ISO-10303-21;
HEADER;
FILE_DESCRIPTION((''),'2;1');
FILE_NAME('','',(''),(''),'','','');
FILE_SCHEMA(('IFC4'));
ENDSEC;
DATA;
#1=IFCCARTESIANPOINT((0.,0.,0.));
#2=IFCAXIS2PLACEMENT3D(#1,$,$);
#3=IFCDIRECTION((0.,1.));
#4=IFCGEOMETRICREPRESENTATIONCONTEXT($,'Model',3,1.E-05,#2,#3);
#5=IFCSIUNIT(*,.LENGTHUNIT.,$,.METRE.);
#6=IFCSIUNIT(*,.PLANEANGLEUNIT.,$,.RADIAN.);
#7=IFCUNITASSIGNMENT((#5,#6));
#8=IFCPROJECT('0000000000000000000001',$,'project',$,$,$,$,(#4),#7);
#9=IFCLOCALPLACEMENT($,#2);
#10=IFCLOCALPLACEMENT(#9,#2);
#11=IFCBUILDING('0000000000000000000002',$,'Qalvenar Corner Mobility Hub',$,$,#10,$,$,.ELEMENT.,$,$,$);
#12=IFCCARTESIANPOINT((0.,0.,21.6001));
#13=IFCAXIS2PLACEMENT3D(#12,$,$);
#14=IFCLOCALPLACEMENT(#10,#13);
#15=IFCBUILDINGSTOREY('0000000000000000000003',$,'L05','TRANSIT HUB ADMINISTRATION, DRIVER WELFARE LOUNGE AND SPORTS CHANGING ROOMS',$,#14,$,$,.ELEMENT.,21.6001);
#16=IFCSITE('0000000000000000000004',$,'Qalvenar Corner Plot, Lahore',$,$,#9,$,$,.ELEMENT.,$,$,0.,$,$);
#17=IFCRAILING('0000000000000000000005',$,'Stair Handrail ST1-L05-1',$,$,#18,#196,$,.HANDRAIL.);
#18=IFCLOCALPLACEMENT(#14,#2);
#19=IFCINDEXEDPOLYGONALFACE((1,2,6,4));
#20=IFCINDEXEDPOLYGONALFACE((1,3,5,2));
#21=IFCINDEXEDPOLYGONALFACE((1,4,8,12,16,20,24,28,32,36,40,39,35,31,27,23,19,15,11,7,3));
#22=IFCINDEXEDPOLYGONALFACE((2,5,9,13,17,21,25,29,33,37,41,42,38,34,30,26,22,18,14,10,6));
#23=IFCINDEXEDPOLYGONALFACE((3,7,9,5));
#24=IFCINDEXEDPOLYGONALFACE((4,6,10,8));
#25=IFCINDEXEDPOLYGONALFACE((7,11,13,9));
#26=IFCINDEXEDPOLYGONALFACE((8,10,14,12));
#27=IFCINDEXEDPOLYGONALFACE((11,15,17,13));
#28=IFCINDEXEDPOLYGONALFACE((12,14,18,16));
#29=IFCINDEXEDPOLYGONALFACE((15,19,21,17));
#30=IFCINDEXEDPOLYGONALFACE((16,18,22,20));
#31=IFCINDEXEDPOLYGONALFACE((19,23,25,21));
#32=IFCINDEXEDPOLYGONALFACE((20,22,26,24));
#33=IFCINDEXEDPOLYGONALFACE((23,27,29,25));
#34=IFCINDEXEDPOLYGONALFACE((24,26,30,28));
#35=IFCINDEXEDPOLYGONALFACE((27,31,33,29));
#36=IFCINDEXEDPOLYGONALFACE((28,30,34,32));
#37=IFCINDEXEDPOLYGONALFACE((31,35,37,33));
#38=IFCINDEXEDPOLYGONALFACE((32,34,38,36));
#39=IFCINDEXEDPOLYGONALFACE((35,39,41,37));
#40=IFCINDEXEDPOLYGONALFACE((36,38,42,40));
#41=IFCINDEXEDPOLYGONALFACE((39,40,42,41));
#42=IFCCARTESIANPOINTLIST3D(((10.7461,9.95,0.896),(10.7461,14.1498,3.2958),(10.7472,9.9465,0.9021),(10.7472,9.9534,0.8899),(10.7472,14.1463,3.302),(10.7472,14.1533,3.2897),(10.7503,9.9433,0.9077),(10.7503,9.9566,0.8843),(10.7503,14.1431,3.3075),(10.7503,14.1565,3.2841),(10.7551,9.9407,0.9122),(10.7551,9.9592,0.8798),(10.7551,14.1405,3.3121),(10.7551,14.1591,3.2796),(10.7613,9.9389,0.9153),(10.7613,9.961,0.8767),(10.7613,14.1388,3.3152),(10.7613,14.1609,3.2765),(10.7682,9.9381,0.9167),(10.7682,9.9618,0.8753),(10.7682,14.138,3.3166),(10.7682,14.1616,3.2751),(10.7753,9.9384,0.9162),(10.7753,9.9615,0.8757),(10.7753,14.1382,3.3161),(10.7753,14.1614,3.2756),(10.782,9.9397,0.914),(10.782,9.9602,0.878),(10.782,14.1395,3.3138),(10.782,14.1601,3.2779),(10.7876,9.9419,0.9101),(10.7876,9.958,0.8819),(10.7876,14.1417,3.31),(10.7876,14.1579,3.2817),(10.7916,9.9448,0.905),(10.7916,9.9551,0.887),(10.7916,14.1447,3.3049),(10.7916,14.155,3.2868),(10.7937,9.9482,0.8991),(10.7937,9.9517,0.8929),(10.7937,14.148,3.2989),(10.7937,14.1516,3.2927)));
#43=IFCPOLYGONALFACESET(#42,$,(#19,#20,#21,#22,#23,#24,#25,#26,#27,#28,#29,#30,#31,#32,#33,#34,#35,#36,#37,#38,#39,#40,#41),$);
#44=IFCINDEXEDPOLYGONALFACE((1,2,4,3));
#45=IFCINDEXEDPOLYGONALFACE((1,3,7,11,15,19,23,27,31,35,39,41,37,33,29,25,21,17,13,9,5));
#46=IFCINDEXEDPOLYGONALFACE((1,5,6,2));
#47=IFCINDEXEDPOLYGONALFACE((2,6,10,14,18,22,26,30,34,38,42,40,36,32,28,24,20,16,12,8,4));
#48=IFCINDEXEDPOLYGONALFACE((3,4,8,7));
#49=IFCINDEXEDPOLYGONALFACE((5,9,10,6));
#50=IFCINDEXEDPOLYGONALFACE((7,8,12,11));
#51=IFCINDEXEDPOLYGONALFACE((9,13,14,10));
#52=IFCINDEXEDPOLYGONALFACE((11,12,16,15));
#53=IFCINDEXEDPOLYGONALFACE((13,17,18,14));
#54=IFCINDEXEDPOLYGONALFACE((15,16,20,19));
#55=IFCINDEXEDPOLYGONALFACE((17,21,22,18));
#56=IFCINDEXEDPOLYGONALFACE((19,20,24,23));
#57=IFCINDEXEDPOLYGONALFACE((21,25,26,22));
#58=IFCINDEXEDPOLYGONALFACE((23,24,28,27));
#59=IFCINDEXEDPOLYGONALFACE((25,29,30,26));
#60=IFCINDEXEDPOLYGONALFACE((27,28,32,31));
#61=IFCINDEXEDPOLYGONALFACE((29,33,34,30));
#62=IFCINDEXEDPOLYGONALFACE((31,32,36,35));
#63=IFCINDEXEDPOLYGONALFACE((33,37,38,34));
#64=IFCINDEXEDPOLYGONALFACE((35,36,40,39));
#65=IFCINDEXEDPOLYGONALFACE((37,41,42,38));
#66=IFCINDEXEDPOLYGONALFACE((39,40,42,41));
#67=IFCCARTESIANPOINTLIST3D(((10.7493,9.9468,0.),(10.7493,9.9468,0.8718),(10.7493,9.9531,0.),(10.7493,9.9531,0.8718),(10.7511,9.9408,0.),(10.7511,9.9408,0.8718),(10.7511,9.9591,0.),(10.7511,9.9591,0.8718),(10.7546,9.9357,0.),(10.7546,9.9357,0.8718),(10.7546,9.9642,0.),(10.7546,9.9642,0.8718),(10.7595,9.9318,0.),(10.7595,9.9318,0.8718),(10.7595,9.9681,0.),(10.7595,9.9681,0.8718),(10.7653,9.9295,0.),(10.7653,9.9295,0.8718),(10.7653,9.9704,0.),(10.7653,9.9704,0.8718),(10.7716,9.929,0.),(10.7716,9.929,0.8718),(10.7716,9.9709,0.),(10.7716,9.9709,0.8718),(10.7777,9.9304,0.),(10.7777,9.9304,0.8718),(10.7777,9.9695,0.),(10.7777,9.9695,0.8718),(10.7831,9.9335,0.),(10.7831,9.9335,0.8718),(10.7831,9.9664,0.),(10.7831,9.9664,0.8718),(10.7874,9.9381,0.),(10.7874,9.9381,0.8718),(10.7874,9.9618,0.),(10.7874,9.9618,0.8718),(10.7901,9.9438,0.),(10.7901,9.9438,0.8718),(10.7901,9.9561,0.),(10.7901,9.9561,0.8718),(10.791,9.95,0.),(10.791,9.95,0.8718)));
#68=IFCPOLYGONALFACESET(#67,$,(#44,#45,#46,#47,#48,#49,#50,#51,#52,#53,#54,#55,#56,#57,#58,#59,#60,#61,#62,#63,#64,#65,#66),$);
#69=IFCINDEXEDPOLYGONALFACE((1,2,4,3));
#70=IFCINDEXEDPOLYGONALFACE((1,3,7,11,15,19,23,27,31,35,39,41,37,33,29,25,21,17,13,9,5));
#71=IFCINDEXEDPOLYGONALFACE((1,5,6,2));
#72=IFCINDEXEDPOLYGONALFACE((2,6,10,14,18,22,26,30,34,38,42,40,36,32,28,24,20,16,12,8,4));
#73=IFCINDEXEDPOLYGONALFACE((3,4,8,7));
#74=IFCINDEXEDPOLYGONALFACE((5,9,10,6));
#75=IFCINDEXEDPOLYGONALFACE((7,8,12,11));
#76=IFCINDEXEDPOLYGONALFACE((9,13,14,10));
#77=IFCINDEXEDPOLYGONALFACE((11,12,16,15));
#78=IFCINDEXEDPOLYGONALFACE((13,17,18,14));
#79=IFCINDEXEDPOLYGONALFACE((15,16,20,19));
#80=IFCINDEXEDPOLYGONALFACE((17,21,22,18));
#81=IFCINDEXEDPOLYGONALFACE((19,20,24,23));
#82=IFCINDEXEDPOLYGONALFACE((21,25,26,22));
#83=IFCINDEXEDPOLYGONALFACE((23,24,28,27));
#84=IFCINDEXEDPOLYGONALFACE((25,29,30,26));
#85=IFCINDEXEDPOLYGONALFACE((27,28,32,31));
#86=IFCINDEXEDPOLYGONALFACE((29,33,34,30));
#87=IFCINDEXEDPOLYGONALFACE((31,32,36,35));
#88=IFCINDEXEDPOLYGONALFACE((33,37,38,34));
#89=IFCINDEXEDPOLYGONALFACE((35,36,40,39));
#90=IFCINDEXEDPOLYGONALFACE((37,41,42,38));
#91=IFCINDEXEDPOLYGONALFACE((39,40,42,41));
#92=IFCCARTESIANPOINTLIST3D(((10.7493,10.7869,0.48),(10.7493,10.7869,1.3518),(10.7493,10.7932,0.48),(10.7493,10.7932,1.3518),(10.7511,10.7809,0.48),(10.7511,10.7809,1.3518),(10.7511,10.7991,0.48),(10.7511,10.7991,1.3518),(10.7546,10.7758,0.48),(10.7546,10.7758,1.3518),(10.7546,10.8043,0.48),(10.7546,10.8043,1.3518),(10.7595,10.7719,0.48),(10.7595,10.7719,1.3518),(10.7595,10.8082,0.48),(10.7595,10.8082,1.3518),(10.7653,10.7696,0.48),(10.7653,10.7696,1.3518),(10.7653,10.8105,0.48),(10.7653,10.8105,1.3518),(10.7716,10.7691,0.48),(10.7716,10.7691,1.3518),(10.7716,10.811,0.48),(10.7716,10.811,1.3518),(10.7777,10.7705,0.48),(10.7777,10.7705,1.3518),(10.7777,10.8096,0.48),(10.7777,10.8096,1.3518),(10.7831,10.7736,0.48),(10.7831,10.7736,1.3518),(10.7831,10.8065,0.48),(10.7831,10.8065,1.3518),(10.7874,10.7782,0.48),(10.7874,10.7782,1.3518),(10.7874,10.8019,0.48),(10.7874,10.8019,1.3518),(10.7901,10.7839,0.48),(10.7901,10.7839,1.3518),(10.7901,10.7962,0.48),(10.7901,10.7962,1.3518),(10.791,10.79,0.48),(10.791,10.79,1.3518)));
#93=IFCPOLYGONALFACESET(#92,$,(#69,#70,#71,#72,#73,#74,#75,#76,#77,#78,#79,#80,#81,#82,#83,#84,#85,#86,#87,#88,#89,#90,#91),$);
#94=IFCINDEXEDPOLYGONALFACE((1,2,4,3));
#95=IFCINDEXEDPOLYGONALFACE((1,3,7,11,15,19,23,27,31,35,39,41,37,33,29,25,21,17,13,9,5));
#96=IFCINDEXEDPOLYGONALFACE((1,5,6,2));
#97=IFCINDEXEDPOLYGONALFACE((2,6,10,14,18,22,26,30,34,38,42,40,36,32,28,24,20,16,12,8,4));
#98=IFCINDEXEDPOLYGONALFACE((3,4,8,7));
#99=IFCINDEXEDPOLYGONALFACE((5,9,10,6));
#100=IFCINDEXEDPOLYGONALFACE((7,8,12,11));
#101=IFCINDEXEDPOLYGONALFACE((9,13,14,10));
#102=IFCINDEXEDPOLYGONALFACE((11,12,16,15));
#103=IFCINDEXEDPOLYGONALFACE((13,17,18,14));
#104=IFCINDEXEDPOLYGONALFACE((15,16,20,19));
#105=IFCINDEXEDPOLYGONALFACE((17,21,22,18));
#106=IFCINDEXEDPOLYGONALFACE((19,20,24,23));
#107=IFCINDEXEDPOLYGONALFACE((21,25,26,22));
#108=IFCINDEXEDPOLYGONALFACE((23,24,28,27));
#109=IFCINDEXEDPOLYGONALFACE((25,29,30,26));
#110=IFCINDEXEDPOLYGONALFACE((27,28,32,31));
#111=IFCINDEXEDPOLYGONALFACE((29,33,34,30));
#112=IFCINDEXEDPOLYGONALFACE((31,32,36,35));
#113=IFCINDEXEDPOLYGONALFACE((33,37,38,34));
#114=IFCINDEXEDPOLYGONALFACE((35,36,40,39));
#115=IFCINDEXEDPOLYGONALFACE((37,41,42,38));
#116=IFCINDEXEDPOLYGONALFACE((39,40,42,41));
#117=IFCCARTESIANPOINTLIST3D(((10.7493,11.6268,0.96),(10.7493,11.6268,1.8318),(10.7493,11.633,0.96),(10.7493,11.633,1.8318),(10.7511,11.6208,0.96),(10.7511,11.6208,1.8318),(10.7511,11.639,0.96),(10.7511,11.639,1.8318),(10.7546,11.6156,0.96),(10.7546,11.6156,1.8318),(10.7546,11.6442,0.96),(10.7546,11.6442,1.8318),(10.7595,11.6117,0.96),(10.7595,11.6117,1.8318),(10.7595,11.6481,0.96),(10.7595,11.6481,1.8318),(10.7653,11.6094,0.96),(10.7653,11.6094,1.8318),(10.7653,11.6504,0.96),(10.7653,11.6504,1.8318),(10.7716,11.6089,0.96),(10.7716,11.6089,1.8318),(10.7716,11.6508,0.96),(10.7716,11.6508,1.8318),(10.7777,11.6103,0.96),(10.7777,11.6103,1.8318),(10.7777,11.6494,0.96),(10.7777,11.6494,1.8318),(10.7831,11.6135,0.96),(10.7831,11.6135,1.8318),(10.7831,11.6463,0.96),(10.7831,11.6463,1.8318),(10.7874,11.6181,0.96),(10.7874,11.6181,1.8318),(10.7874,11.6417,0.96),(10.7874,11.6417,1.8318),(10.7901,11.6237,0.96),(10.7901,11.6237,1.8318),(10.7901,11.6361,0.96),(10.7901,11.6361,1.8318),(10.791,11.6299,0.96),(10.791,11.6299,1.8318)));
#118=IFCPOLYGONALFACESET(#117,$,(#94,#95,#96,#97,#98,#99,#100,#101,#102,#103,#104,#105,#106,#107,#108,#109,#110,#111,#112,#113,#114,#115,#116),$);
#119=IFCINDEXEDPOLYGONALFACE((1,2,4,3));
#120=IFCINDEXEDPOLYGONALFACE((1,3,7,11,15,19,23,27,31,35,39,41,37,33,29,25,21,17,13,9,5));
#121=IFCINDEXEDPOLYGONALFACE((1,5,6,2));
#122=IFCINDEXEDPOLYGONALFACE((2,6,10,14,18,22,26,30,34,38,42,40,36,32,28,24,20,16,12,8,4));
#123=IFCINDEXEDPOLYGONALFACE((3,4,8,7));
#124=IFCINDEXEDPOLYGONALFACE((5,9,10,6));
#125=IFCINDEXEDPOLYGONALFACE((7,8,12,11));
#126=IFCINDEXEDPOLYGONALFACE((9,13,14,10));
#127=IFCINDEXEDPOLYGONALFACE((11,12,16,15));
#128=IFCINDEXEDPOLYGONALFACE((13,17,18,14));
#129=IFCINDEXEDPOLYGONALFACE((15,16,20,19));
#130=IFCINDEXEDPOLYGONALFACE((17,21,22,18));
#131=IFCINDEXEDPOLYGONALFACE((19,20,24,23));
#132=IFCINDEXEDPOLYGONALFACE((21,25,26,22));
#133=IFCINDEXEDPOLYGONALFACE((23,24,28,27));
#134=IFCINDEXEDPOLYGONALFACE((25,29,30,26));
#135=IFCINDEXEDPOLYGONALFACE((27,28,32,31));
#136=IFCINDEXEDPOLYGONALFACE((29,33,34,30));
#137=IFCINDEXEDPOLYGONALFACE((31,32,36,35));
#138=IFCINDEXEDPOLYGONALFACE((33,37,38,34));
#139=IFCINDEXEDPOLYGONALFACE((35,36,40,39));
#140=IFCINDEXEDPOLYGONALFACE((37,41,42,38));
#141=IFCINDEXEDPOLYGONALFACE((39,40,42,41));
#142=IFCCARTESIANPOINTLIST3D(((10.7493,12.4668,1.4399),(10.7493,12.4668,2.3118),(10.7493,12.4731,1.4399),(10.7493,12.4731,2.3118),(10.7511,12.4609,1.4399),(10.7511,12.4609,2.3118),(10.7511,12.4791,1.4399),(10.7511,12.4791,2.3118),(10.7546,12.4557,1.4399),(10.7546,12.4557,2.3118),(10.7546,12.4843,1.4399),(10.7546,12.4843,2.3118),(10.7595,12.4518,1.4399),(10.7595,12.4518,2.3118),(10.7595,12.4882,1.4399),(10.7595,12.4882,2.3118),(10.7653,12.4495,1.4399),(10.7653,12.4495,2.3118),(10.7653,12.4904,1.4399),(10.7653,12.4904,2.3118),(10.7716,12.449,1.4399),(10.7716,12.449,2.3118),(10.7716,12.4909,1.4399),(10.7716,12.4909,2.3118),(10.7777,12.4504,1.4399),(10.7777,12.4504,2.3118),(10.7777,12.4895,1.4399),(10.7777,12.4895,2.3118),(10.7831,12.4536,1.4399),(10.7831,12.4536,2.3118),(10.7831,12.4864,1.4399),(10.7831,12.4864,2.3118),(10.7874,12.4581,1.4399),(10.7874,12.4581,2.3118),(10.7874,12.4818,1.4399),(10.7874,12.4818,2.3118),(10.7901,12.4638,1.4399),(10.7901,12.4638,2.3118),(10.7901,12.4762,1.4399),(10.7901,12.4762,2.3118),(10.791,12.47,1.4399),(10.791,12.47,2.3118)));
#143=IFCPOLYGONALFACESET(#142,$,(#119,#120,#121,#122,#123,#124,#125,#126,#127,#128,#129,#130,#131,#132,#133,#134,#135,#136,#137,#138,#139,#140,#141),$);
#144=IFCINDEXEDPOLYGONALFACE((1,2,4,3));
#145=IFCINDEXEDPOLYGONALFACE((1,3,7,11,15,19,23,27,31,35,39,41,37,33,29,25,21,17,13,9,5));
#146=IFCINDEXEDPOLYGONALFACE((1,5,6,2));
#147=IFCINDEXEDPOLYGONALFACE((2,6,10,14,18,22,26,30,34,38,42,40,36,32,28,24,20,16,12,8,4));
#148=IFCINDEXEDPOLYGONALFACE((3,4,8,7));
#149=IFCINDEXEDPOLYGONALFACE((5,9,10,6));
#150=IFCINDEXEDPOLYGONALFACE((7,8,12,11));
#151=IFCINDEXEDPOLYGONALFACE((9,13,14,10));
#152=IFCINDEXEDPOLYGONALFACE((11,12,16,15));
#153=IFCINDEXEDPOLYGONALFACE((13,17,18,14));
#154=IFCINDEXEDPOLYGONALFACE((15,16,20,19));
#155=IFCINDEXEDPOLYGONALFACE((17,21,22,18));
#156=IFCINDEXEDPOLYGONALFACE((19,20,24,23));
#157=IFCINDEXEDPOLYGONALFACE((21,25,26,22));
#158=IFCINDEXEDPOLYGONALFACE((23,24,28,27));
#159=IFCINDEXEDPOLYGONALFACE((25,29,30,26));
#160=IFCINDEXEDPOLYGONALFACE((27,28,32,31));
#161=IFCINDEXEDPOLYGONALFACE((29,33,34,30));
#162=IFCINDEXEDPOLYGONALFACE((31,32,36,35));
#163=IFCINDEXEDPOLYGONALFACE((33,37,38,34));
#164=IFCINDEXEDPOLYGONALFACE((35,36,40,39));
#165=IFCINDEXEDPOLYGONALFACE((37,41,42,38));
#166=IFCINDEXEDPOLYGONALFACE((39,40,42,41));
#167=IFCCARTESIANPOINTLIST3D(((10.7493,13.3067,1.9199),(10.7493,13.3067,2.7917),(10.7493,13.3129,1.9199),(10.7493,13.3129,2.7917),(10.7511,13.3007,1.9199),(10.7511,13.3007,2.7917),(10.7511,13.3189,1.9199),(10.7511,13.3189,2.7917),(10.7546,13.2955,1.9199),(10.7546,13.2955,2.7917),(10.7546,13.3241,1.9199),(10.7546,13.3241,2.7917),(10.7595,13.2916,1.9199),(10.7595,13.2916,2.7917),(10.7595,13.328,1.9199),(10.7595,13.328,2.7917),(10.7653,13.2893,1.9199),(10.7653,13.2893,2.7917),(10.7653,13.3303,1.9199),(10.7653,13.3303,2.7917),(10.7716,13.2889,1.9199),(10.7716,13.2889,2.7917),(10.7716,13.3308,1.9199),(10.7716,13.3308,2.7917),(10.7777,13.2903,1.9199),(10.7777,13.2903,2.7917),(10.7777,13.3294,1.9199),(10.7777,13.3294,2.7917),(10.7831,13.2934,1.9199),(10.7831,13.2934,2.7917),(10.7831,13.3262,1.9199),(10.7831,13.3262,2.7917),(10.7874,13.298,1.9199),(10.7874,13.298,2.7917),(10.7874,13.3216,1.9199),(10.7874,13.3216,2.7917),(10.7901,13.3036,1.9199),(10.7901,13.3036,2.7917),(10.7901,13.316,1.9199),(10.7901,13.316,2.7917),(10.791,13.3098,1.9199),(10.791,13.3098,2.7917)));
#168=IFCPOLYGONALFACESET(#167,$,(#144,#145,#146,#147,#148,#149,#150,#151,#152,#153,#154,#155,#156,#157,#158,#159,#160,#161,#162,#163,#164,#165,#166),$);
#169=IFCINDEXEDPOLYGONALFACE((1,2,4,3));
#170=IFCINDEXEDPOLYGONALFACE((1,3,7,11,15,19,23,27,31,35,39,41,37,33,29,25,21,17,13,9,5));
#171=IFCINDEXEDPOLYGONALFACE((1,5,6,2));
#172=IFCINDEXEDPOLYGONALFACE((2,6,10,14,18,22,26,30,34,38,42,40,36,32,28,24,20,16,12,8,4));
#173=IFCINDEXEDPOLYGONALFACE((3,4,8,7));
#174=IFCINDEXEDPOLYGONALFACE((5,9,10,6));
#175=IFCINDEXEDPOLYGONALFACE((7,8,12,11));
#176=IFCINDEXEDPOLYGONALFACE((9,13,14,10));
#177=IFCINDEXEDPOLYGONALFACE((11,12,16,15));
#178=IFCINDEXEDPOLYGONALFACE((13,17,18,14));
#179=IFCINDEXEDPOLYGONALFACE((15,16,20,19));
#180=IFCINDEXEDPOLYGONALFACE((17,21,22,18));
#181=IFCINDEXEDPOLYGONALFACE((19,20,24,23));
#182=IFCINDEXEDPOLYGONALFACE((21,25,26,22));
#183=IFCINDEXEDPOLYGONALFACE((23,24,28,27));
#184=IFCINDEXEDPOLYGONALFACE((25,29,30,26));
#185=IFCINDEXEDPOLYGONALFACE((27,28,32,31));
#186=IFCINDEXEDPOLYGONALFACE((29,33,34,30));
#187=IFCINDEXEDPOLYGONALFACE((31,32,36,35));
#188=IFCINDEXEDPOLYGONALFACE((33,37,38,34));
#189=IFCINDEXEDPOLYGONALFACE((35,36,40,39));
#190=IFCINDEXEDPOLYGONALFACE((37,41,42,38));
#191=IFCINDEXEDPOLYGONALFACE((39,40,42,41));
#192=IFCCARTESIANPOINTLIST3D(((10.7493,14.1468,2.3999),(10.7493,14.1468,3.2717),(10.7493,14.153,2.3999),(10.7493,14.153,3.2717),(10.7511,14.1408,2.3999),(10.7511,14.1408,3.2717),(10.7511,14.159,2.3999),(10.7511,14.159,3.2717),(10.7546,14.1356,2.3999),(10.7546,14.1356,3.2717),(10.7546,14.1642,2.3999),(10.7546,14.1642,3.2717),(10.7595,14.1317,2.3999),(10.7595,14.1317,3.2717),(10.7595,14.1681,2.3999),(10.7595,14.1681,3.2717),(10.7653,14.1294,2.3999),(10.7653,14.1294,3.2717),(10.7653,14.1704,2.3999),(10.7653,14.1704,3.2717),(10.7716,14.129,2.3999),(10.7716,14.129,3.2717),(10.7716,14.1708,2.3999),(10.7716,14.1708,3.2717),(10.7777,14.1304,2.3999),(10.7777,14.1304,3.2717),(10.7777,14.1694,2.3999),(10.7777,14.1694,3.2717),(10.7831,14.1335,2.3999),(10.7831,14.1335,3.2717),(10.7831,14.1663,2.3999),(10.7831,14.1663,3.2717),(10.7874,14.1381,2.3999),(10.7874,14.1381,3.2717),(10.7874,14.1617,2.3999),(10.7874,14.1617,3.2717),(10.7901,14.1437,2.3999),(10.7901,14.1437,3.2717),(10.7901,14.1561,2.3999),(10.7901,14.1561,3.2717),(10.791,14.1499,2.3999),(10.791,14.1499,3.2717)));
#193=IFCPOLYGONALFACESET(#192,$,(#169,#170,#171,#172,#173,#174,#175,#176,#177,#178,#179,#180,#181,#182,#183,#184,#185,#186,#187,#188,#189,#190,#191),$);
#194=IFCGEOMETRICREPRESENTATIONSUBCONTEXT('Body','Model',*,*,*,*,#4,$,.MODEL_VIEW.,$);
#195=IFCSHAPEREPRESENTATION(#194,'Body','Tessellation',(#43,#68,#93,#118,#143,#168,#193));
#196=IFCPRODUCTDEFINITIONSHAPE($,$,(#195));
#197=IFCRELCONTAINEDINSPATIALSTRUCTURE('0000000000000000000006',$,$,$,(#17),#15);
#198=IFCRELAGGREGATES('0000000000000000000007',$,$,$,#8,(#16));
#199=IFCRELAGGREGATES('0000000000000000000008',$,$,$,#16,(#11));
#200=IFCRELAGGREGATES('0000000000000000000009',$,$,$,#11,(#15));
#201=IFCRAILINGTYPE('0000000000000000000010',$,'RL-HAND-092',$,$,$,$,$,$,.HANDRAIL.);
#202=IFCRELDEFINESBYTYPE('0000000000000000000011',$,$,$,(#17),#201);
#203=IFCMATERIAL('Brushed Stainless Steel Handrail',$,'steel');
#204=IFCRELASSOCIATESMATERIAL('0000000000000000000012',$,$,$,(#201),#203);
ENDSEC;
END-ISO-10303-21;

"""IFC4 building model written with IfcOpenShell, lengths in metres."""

from ifc_helpers import new_model, si_unit, direction, frame, origin, origin_2d, place, context, subcontext, project, spatial, circle, extrude, material, type_object, element, save


model = new_model("IFC4")

# Units and contexts
model_context = context("Model", 3, precision=1e-05, world=origin(), true_north=direction((0.0, 1.0)))
body_context = subcontext(model_context, "Body", "Model", "MODEL_VIEW")
ifc_project = project(units=[si_unit("LENGTHUNIT", "METRE"), si_unit("PLANEANGLEUNIT", "RADIAN")], contexts=[model_context])

# Site, building, storey
site_placement = place(None, origin())
site = spatial("IfcSite", under=ifc_project, at=site_placement, Name="Qalvenar Corner Plot, Lahore", CompositionType="ELEMENT", RefElevation=0.0)
building_placement = place(site_placement, origin())
building = spatial("IfcBuilding", under=site, at=building_placement, Name="Qalvenar Corner Mobility Hub", CompositionType="ELEMENT")
storey_placement = place(building_placement, frame((0.0, 0.0, 21.6001)))
storey = spatial("IfcBuildingStorey", under=building, at=storey_placement, Name="L05", Description="TRANSIT HUB ADMINISTRATION, DRIVER WELFARE LOUNGE AND SPORTS CHANGING ROOMS", CompositionType="ELEMENT", Elevation=21.6001)

# Railing
ifc_material_1 = material(Name="Brushed Stainless Steel Handrail", Category="steel")
railing_type_1 = type_object("IfcRailingType", Name="RL-HAND-092", PredefinedType="HANDRAIL", material=ifc_material_1)
railing_1_placement = place(storey_placement, frame((10.77, 9.95, 0.0)))
element("IfcRailing", 1, at=railing_1_placement, inside=storey, type_object=railing_type_1, Name="Stair Handrail ST1-L05-1", PredefinedType="HANDRAIL", context=body_context, shape_type="SweptSolid", body=[
    extrude(circle(Radius=0.0239, at=origin_2d()), frame((0.0, 0.0, 0.896), z_axis=(0.0, 0.868249, 0.496128), x_axis=(-1.0, 0.0, 0.0)), (0.0, 0.0, 1.0), 4.8372),
    extrude(circle(Radius=0.021, at=origin_2d()), origin(), (0.0, 0.0, 1.0), 0.8718),
    extrude(circle(Radius=0.021, at=origin_2d()), frame((0.0, 0.8401, 0.48)), (0.0, 0.0, 1.0), 0.8718),
    extrude(circle(Radius=0.021, at=origin_2d()), frame((0.0, 1.6799, 0.96)), (0.0, 0.0, 1.0), 0.8718),
    extrude(circle(Radius=0.021, at=origin_2d()), frame((0.0, 2.52, 1.4399)), (0.0, 0.0, 1.0), 0.8718),
    extrude(circle(Radius=0.021, at=origin_2d()), frame((0.0, 3.3599, 1.9199)), (0.0, 0.0, 1.0), 0.8718),
    extrude(circle(Radius=0.021, at=origin_2d()), frame((0.0, 4.2, 2.3999)), (0.0, 0.0, 1.0), 0.8718),
])

save(model, "model.ifc")
